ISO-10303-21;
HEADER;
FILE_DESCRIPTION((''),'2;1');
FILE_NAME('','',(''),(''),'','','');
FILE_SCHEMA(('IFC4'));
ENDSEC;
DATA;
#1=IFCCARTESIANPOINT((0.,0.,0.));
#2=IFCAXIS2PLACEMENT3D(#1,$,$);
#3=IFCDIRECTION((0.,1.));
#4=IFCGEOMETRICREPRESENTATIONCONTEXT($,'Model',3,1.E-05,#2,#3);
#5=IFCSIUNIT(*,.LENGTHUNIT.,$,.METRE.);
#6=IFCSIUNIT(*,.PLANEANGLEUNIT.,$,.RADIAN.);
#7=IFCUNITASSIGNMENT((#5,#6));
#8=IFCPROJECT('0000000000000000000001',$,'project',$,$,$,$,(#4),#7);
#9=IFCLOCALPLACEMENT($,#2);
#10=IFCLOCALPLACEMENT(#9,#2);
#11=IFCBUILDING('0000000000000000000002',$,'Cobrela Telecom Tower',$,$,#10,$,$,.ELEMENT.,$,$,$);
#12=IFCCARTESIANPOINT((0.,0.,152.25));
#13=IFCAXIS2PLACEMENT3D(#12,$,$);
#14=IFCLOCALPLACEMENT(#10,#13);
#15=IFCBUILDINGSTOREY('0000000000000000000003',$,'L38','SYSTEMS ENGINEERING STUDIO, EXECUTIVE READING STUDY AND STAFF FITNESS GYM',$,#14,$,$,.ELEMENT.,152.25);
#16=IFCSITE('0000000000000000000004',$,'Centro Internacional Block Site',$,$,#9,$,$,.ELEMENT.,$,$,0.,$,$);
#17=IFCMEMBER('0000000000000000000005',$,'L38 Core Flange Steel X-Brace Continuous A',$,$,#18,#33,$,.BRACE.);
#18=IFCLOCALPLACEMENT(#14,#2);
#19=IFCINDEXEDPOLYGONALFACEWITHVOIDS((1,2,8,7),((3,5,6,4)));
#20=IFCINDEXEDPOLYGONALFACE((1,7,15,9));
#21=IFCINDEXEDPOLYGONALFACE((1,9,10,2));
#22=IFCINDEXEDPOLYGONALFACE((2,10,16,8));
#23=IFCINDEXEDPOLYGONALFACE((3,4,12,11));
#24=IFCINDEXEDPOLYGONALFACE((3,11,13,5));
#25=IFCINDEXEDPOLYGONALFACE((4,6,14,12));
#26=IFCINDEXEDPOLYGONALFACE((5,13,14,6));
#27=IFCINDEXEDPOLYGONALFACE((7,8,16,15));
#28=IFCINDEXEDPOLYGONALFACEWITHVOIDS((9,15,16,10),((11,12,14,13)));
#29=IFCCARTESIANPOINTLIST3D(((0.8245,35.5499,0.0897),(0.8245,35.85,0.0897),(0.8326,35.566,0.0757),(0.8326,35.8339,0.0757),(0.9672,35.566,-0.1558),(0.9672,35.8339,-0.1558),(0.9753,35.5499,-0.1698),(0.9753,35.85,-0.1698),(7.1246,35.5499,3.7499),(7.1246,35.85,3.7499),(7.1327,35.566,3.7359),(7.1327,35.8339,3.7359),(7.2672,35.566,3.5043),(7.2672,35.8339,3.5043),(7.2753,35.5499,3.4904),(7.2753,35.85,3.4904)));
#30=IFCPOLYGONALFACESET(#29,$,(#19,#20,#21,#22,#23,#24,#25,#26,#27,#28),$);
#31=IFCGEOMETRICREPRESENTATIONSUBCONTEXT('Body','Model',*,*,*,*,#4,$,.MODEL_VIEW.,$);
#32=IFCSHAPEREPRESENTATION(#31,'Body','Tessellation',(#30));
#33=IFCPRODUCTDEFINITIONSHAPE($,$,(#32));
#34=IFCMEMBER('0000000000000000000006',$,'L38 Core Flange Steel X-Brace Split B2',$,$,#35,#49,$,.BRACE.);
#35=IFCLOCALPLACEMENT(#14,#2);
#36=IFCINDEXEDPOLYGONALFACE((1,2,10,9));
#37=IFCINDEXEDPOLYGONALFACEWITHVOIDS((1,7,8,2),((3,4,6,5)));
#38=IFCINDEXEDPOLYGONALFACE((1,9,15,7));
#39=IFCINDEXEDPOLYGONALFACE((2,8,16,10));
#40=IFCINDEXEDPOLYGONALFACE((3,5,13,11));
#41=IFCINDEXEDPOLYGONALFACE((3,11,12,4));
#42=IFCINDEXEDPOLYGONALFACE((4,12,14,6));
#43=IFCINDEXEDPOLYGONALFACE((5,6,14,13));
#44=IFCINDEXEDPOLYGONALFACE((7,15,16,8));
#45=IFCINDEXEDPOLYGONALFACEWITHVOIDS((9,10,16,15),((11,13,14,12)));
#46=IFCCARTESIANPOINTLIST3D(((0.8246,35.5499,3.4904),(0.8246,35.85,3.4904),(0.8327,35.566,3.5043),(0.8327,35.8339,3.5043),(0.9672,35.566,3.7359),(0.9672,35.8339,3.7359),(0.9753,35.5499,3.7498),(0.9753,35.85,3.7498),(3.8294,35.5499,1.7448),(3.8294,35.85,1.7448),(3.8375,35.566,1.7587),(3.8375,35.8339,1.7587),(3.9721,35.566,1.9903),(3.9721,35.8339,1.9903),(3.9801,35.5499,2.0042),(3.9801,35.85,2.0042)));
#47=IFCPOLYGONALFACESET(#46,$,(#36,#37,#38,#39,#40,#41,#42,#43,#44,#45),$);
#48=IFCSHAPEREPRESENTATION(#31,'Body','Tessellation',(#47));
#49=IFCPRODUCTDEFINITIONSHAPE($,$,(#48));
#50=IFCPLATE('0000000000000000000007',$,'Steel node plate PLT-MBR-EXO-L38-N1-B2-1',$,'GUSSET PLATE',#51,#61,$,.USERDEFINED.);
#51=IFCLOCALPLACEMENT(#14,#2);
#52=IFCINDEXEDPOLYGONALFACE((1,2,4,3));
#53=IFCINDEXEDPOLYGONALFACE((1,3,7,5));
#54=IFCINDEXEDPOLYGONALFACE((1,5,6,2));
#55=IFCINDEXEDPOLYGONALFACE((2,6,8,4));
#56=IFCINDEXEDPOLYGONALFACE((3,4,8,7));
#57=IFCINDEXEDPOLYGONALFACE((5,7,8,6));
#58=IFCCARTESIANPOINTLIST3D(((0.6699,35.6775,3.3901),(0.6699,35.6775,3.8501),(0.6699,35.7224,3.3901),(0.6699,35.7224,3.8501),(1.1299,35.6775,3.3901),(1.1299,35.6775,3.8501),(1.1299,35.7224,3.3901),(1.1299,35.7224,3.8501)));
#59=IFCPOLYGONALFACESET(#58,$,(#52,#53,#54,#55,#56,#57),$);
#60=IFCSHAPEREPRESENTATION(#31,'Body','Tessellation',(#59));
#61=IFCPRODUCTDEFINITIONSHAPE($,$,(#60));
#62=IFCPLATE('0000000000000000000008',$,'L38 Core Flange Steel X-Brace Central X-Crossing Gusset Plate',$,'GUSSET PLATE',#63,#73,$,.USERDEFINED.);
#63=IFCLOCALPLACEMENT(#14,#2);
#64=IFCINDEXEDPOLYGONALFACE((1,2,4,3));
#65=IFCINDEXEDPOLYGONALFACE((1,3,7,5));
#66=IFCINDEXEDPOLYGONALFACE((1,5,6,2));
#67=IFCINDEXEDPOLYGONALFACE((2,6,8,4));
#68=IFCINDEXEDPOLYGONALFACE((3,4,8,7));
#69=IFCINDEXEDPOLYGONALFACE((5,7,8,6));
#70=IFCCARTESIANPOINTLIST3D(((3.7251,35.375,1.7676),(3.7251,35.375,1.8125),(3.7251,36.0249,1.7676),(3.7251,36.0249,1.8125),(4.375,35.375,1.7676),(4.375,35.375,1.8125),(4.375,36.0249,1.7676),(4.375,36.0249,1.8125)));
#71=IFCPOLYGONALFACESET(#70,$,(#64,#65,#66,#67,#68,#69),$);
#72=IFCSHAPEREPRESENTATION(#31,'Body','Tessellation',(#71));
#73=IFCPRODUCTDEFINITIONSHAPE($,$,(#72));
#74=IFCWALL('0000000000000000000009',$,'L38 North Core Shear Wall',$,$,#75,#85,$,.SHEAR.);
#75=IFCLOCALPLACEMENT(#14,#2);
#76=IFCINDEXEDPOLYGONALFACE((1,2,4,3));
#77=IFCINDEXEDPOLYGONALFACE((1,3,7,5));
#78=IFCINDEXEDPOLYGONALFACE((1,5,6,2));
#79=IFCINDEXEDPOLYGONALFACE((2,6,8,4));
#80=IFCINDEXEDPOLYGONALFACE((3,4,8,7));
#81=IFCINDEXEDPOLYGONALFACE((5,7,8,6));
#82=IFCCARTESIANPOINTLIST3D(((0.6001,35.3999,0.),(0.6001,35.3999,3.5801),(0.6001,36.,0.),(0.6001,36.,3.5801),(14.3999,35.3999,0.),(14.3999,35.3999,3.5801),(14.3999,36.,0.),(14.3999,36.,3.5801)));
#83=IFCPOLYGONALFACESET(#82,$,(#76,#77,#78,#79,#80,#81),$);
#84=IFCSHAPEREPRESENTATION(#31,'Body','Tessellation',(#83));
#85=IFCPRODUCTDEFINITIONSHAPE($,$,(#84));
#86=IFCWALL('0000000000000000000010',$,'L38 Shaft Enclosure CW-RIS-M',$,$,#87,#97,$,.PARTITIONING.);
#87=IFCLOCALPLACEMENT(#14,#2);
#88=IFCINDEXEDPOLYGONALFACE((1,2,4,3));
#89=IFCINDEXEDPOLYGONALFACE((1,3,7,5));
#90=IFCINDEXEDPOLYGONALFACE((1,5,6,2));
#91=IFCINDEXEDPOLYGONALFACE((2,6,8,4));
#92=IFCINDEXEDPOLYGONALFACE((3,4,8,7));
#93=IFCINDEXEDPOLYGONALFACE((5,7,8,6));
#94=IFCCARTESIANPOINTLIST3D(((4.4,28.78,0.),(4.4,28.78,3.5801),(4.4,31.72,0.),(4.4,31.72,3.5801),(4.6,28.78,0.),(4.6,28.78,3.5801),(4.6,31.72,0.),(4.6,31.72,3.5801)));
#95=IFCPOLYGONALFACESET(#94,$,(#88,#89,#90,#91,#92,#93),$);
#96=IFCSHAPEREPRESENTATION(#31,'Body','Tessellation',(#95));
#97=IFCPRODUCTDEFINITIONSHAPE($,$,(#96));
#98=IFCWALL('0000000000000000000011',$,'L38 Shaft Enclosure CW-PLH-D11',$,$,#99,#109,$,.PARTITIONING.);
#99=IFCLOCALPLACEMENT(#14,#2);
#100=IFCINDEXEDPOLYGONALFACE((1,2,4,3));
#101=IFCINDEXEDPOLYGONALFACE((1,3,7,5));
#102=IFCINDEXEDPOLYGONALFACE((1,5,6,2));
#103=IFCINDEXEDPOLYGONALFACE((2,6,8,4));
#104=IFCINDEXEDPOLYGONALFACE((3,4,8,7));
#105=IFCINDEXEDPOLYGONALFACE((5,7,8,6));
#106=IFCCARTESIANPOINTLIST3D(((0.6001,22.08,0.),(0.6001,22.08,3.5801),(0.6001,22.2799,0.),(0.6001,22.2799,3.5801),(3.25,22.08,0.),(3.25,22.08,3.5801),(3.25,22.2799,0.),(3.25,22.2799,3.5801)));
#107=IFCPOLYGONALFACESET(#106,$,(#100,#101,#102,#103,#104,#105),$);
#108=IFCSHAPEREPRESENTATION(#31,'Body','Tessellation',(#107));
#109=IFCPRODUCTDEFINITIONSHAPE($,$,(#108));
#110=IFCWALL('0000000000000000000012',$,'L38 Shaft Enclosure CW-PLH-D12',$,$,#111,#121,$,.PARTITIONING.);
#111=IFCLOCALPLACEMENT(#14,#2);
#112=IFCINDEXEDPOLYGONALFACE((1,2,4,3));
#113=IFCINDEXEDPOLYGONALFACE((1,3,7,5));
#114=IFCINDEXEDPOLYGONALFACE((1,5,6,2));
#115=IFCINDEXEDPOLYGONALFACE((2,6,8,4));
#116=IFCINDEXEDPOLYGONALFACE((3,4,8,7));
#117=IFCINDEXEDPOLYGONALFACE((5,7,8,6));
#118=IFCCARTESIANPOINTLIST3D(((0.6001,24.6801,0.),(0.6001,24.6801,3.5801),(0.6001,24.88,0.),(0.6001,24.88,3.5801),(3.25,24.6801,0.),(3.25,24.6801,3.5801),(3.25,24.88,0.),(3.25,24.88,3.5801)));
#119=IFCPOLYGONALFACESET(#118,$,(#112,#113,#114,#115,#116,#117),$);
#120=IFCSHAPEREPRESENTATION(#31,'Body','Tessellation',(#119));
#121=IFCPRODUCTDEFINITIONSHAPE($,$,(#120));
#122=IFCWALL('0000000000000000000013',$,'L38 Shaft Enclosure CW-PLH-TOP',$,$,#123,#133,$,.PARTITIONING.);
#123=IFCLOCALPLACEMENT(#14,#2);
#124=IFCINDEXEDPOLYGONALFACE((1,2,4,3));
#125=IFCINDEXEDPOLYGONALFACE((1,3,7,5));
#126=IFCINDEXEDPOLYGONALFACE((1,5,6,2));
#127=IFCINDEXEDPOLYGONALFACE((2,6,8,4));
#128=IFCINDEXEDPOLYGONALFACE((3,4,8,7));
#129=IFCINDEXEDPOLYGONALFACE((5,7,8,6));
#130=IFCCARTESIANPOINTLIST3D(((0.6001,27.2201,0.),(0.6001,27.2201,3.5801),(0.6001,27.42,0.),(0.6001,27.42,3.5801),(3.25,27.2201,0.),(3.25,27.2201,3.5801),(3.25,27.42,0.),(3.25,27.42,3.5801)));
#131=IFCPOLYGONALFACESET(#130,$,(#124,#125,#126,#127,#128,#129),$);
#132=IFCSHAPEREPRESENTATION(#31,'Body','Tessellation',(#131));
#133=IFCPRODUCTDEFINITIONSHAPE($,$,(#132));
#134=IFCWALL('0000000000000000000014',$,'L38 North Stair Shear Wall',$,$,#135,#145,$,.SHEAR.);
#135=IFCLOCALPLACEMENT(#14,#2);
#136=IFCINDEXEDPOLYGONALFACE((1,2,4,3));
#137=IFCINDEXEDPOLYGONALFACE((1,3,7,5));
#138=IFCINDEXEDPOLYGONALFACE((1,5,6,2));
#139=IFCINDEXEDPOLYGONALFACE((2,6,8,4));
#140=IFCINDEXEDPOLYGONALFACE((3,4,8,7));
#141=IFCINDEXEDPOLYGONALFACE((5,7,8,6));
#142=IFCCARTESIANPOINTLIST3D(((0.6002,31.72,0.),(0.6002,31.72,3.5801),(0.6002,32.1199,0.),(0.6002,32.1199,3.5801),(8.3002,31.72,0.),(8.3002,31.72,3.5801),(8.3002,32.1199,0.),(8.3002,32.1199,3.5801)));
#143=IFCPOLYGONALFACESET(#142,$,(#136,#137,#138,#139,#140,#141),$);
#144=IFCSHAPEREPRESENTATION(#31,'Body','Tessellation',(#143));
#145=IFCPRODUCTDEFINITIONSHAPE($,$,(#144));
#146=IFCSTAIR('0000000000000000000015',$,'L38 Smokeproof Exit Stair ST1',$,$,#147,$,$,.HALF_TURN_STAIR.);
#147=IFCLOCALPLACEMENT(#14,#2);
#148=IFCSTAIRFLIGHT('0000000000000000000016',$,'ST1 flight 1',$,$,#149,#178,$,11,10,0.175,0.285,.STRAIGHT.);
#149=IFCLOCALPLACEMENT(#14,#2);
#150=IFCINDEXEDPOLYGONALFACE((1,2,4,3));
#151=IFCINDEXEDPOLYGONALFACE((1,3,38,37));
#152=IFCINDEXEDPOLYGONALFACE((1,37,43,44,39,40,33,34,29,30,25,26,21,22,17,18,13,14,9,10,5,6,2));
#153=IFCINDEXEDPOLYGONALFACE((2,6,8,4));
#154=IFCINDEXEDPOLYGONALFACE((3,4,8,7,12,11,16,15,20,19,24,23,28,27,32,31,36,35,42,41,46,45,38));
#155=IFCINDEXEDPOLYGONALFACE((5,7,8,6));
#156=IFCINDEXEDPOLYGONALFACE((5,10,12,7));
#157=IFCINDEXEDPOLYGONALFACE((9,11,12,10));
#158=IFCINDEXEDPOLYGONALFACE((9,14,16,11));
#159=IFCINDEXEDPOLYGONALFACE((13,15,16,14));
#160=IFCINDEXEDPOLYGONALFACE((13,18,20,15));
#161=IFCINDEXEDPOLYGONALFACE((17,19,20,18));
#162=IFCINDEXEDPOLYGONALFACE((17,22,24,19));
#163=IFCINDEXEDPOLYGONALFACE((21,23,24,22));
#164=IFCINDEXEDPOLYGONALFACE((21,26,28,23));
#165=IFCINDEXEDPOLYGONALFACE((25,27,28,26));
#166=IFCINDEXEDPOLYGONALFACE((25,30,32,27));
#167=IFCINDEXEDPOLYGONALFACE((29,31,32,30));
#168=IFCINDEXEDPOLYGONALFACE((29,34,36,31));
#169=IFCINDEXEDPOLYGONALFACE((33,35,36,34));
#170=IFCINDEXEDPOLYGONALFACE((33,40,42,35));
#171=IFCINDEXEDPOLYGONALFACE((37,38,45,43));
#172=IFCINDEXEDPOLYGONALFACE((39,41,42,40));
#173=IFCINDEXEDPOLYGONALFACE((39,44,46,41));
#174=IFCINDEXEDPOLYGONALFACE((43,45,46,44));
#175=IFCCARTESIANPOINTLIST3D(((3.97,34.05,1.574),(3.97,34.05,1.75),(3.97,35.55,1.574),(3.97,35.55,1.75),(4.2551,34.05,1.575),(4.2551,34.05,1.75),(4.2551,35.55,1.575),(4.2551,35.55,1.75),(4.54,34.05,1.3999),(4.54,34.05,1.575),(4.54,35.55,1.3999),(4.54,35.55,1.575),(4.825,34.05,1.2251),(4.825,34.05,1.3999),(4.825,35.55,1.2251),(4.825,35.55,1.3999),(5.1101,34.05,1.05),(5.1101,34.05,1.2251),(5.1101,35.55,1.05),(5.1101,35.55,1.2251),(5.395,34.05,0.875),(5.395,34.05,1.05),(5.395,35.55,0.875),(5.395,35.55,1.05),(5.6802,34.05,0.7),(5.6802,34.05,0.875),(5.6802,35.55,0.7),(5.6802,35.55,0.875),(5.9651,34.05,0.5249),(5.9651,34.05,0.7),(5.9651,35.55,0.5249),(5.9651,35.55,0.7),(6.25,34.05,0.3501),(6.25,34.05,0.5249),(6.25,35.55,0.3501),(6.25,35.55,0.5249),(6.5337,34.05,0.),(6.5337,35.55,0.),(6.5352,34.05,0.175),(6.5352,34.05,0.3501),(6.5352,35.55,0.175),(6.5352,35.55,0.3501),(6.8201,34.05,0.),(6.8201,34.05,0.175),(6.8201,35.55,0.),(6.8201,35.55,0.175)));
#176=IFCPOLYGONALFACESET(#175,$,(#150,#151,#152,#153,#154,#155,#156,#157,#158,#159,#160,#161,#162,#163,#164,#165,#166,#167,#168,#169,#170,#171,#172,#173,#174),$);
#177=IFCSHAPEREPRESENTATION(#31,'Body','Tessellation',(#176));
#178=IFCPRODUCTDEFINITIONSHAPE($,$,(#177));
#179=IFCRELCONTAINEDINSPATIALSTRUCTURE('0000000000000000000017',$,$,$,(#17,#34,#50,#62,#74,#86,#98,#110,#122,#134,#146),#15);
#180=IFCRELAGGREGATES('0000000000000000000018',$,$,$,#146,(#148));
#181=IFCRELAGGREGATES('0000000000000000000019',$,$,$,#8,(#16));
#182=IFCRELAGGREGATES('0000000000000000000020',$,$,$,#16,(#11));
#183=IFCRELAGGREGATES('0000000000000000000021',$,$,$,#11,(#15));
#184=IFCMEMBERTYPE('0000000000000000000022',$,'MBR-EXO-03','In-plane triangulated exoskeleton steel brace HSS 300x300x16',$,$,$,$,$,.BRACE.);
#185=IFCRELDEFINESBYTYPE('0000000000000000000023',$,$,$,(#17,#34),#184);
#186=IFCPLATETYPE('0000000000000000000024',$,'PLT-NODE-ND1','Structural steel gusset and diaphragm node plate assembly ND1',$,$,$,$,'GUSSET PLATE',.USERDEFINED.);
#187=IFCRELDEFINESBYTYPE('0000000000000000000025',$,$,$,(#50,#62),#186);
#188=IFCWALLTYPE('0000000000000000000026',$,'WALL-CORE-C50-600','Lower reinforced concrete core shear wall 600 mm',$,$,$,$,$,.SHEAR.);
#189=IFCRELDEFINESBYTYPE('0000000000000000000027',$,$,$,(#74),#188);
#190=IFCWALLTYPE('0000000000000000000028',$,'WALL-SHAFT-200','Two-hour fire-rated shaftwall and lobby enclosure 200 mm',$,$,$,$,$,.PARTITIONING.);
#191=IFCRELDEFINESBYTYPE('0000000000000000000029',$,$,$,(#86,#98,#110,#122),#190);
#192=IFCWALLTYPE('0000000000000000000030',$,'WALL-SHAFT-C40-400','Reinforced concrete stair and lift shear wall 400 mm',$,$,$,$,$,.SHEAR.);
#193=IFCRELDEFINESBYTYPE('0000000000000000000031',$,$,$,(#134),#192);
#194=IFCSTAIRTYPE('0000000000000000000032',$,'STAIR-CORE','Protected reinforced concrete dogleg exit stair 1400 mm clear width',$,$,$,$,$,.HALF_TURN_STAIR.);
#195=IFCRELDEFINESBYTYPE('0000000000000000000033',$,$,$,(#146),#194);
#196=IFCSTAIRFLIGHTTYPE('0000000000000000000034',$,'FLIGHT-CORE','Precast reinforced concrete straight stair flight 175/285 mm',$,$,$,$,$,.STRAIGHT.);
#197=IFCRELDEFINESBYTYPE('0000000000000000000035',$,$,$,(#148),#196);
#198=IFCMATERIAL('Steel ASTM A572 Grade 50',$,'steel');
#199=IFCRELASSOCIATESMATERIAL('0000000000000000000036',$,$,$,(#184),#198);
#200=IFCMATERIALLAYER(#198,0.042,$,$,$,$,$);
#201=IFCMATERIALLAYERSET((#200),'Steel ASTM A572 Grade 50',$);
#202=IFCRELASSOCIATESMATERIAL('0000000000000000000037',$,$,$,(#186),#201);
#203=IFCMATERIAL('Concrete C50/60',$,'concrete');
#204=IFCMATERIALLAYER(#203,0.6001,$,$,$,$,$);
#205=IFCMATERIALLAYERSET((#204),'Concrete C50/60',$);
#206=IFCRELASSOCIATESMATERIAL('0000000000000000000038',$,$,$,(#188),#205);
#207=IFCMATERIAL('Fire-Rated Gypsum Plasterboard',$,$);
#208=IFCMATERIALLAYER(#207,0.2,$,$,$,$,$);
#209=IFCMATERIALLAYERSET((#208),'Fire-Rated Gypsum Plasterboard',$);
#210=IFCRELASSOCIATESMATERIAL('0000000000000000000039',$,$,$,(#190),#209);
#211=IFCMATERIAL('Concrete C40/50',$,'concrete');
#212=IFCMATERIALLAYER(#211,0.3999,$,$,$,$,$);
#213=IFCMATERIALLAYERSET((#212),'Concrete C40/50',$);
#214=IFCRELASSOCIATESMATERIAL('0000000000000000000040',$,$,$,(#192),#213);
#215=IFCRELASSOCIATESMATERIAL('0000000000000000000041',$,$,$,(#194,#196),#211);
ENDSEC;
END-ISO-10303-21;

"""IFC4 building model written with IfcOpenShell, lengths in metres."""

from ifc_helpers import new_model, si_unit, direction, frame, frame_2d, origin, origin_2d, place, context, subcontext, project, spatial, polyline, rectangle, hollow_rectangle, outline, extrude, material, layer, layer_set, material_profile, profile_set, type_object, element, aggregate, save


model = new_model("IFC4")

# Units and contexts
model_context = context("Model", 3, precision=1e-05, world=origin(), true_north=direction((0.0, 1.0)))
body_context = subcontext(model_context, "Body", "Model", "MODEL_VIEW")
ifc_project = project(units=[si_unit("LENGTHUNIT", "METRE"), si_unit("PLANEANGLEUNIT", "RADIAN")], contexts=[model_context])

# Site, building, storey
site_placement = place(None, origin())
site = spatial("IfcSite", under=ifc_project, at=site_placement, Name="Centro Internacional Block Site", CompositionType="ELEMENT", RefElevation=0.0)
building_placement = place(site_placement, origin())
building = spatial("IfcBuilding", under=site, at=building_placement, Name="Cobrela Telecom Tower", CompositionType="ELEMENT")
storey_placement = place(building_placement, frame((0.0, 0.0, 152.25)))
storey = spatial("IfcBuildingStorey", under=building, at=storey_placement, Name="L38", Description="SYSTEMS ENGINEERING STUDIO, EXECUTIVE READING STUDY AND STAFF FITNESS GYM", CompositionType="ELEMENT", Elevation=152.25)

# Members
ifc_material_1 = material(Name="Steel ASTM A572 Grade 50", Category="steel")
ifc_material_profile = material_profile(ifc_material_1, hollow_rectangle(XDim=0.3, YDim=0.3, WallThickness=0.0161, at=origin_2d()), Name="HSS 300x300x16")
ifc_profile_set = profile_set([ifc_material_profile], Name="Steel ASTM A572 Grade 50")
member_type = type_object("IfcMemberType", Name="MBR-EXO-03", Description="In-plane triangulated exoskeleton steel brace HSS 300x300x16", PredefinedType="BRACE", material=ifc_profile_set)
member_1_placement = place(storey_placement, frame((0.8999, 35.7, -0.04), z_axis=(0.864666, 0.0, 0.502347), x_axis=(0.0, 1.0, 0.0)))
element("IfcMember", 1, at=member_1_placement, inside=storey, type_object=member_type, Name="L38 Core Flange Steel X-Brace Continuous A", PredefinedType="BRACE", context=body_context, shape_type="SweptSolid", body=[
    extrude(hollow_rectangle(XDim=0.3, YDim=0.3, WallThickness=0.0161, at=origin_2d()), origin(), (0.0, 0.0, 1.0), 7.2861),
])
member_2_placement = place(storey_placement, frame((3.9048, 35.7, 1.8745), z_axis=(-0.864685, 0.0, 0.502315), x_axis=(0.0, -1.0, 0.0)))
element("IfcMember", 2, at=member_2_placement, inside=storey, type_object=member_type, Name="L38 Core Flange Steel X-Brace Split B2", PredefinedType="BRACE", context=body_context, shape_type="SweptSolid", body=[
    extrude(hollow_rectangle(XDim=0.3, YDim=0.3, WallThickness=0.0161, at=origin_2d()), origin(), (0.0, 0.0, 1.0), 3.4751),
])

# Plates
ifc_layer_1 = layer(ifc_material_1, 0.042)
ifc_layer_set_1 = layer_set([ifc_layer_1], Name="Steel ASTM A572 Grade 50")
plate_type = type_object("IfcPlateType", Name="PLT-NODE-ND1", Description="Structural steel gusset and diaphragm node plate assembly ND1", ElementType="GUSSET PLATE", PredefinedType="USERDEFINED", material=ifc_layer_set_1)
plate_1_placement = place(storey_placement, frame((0.8999, 35.7, 3.3901), z_axis=(0.0, 0.0, 1.0), x_axis=(-1.0, 0.0, 0.0)))
element("IfcPlate", 3, at=plate_1_placement, inside=storey, type_object=plate_type, Name="Steel node plate PLT-MBR-EXO-L38-N1-B2-1", ObjectType="GUSSET PLATE", PredefinedType="USERDEFINED", context=body_context, shape_type="SweptSolid", body=[
    extrude(rectangle(XDim=0.46, YDim=0.0449, at=origin_2d()), origin(), (0.0, 0.0, 1.0), 0.46),
])
plate_2_placement = place(storey_placement, frame((4.05, 35.7, 1.7676), z_axis=(0.0, 0.0, 1.0), x_axis=(1.0, 0.0, 0.0)))
element("IfcPlate", 4, at=plate_2_placement, inside=storey, type_object=plate_type, Name="L38 Core Flange Steel X-Brace Central X-Crossing Gusset Plate", ObjectType="GUSSET PLATE", PredefinedType="USERDEFINED", context=body_context, shape_type="SweptSolid", body=[
    extrude(rectangle(XDim=0.6499, YDim=0.6499, at=origin_2d()), origin(), (0.0, 0.0, 1.0), 0.0449),
])

# Wall
ifc_material_2 = material(Name="Concrete C50/60", Category="concrete")
ifc_layer_2 = layer(ifc_material_2, 0.6001)
ifc_layer_set_2 = layer_set([ifc_layer_2], Name="Concrete C50/60")
wall_type_1 = type_object("IfcWallType", Name="WALL-CORE-C50-600", Description="Lower reinforced concrete core shear wall 600 mm", PredefinedType="SHEAR", material=ifc_layer_set_2)
wall_1_placement = place(storey_placement, frame((0.6001, 35.7, 0.0), z_axis=(0.0, 0.0, 1.0), x_axis=(1.0, 0.0, 0.0)))
element("IfcWall", 5, at=wall_1_placement, inside=storey, type_object=wall_type_1, Name="L38 North Core Shear Wall", PredefinedType="SHEAR", context=body_context, shape_type="SweptSolid", body=[
    extrude(rectangle(XDim=13.7998, YDim=0.6001, at=frame_2d((6.8999, 0.0))), origin(), (0.0, 0.0, 1.0), 3.5801),
])

# Shared definitions
ifc_material_3 = material(Name="Fire-Rated Gypsum Plasterboard")
ifc_layer_3 = layer(ifc_material_3, 0.2)
ifc_layer_set_3 = layer_set([ifc_layer_3], Name="Fire-Rated Gypsum Plasterboard")
wall_type_2 = type_object("IfcWallType", Name="WALL-SHAFT-200", Description="Two-hour fire-rated shaftwall and lobby enclosure 200 mm", PredefinedType="PARTITIONING", material=ifc_layer_set_3)

# Walls
wall_2_placement = place(storey_placement, frame((4.5, 28.78, 0.0), z_axis=(0.0, 0.0, 1.0), x_axis=(0.0, 1.0, 0.0)))
element("IfcWall", 6, at=wall_2_placement, inside=storey, type_object=wall_type_2, Name="L38 Shaft Enclosure CW-RIS-M", PredefinedType="PARTITIONING", context=body_context, shape_type="SweptSolid", body=[
    extrude(rectangle(XDim=2.9399, YDim=0.2, at=frame_2d((1.47, 0.0))), origin(), (0.0, 0.0, 1.0), 3.5801),
])
for number, where, z_axis, x_axis, name in (
    (7, (0.6001, 22.1799, 0.0), (0.0, 0.0, 1.0), (1.0, 0.0, 0.0), "L38 Shaft Enclosure CW-PLH-D11"),
    (8, (0.6001, 24.78, 0.0), (0.0, 0.0, 1.0), (1.0, 0.0, 0.0), "L38 Shaft Enclosure CW-PLH-D12"),
    (9, (0.6001, 27.3201, 0.0), (0.0, 0.0, 1.0), (1.0, 0.0, 0.0), "L38 Shaft Enclosure CW-PLH-TOP"),
):
    element("IfcWall", number, at=place(storey_placement, frame(where, z_axis=z_axis, x_axis=x_axis)), inside=storey, type_object=wall_type_2, Name=name, PredefinedType="PARTITIONING", context=body_context, shape_type="SweptSolid", body=[
        extrude(rectangle(XDim=2.6499, YDim=0.2, at=frame_2d((1.325, 0.0))), origin(), (0.0, 0.0, 1.0), 3.5801),
    ])
ifc_material_4 = material(Name="Concrete C40/50", Category="concrete")
ifc_layer_4 = layer(ifc_material_4, 0.3999)
ifc_layer_set_4 = layer_set([ifc_layer_4], Name="Concrete C40/50")
wall_type_3 = type_object("IfcWallType", Name="WALL-SHAFT-C40-400", Description="Reinforced concrete stair and lift shear wall 400 mm", PredefinedType="SHEAR", material=ifc_layer_set_4)
wall_3_placement = place(storey_placement, frame((0.6001, 31.9199, 0.0), z_axis=(0.0, 0.0, 1.0), x_axis=(1.0, 0.0, 0.0)))
element("IfcWall", 10, at=wall_3_placement, inside=storey, type_object=wall_type_3, Name="L38 North Stair Shear Wall", PredefinedType="SHEAR", context=body_context, shape_type="SweptSolid", body=[
    extrude(rectangle(XDim=7.7, YDim=0.3999, at=frame_2d((3.8501, 0.0))), origin(), (0.0, 0.0, 1.0), 3.5801),
])

# Stair, stair flight
stair_type = type_object("IfcStairType", Name="STAIR-CORE", Description="Protected reinforced concrete dogleg exit stair 1400 mm clear width", PredefinedType="HALF_TURN_STAIR", material=ifc_material_4)
stair_placement = place(storey_placement, origin())
stair = element("IfcStair", 11, at=stair_placement, inside=storey, type_object=stair_type, Name="L38 Smokeproof Exit Stair ST1", PredefinedType="HALF_TURN_STAIR")
stair_flight_type = type_object("IfcStairFlightType", Name="FLIGHT-CORE", Description="Precast reinforced concrete straight stair flight 175/285 mm", PredefinedType="STRAIGHT", material=ifc_material_4)
stair_flight_1_placement = place(storey_placement, frame((6.8201, 34.8, 0.0), z_axis=(0.0, 0.0, 1.0), x_axis=(-1.0, 0.0, 0.0)))
stair_flight_1 = element("IfcStairFlight", 12, at=stair_flight_1_placement, type_object=stair_flight_type, Name="ST1 flight 1", NumberOfRisers=11, NumberOfTreads=10, PredefinedType="STRAIGHT", RiserHeight=0.175, TreadLength=0.285, context=body_context, shape_type="SweptSolid", body=[
    extrude(outline(polyline([(0.0, 0.0), (0.0, 0.175), (0.2849, 0.175), (0.2849, 0.3501), (0.5701, 0.3501), (0.5701, 0.5249), (0.855, 0.5249), (0.855, 0.7), (1.1399, 0.7), (1.1399, 0.875), (1.425, 0.875), (1.425, 1.05), (1.71, 1.05), (1.71, 1.2251), (1.9951, 1.2251), (1.9951, 1.3999), (2.28, 1.3999), (2.28, 1.575), (2.5649, 1.575), (2.5649, 1.75), (2.8501, 1.75), (2.8501, 1.925), (2.8501, 1.574), (0.2864, 0.0), (0.0, 0.0)])), frame((0.0, 0.75, 0.0), z_axis=(0.0, -1.0, 0.0), x_axis=(1.0, 0.0, 0.0)), (0.0, 0.0, 1.0), 1.5),
])
aggregate(stair, [stair_flight_1])

save(model, "model.ifc")
